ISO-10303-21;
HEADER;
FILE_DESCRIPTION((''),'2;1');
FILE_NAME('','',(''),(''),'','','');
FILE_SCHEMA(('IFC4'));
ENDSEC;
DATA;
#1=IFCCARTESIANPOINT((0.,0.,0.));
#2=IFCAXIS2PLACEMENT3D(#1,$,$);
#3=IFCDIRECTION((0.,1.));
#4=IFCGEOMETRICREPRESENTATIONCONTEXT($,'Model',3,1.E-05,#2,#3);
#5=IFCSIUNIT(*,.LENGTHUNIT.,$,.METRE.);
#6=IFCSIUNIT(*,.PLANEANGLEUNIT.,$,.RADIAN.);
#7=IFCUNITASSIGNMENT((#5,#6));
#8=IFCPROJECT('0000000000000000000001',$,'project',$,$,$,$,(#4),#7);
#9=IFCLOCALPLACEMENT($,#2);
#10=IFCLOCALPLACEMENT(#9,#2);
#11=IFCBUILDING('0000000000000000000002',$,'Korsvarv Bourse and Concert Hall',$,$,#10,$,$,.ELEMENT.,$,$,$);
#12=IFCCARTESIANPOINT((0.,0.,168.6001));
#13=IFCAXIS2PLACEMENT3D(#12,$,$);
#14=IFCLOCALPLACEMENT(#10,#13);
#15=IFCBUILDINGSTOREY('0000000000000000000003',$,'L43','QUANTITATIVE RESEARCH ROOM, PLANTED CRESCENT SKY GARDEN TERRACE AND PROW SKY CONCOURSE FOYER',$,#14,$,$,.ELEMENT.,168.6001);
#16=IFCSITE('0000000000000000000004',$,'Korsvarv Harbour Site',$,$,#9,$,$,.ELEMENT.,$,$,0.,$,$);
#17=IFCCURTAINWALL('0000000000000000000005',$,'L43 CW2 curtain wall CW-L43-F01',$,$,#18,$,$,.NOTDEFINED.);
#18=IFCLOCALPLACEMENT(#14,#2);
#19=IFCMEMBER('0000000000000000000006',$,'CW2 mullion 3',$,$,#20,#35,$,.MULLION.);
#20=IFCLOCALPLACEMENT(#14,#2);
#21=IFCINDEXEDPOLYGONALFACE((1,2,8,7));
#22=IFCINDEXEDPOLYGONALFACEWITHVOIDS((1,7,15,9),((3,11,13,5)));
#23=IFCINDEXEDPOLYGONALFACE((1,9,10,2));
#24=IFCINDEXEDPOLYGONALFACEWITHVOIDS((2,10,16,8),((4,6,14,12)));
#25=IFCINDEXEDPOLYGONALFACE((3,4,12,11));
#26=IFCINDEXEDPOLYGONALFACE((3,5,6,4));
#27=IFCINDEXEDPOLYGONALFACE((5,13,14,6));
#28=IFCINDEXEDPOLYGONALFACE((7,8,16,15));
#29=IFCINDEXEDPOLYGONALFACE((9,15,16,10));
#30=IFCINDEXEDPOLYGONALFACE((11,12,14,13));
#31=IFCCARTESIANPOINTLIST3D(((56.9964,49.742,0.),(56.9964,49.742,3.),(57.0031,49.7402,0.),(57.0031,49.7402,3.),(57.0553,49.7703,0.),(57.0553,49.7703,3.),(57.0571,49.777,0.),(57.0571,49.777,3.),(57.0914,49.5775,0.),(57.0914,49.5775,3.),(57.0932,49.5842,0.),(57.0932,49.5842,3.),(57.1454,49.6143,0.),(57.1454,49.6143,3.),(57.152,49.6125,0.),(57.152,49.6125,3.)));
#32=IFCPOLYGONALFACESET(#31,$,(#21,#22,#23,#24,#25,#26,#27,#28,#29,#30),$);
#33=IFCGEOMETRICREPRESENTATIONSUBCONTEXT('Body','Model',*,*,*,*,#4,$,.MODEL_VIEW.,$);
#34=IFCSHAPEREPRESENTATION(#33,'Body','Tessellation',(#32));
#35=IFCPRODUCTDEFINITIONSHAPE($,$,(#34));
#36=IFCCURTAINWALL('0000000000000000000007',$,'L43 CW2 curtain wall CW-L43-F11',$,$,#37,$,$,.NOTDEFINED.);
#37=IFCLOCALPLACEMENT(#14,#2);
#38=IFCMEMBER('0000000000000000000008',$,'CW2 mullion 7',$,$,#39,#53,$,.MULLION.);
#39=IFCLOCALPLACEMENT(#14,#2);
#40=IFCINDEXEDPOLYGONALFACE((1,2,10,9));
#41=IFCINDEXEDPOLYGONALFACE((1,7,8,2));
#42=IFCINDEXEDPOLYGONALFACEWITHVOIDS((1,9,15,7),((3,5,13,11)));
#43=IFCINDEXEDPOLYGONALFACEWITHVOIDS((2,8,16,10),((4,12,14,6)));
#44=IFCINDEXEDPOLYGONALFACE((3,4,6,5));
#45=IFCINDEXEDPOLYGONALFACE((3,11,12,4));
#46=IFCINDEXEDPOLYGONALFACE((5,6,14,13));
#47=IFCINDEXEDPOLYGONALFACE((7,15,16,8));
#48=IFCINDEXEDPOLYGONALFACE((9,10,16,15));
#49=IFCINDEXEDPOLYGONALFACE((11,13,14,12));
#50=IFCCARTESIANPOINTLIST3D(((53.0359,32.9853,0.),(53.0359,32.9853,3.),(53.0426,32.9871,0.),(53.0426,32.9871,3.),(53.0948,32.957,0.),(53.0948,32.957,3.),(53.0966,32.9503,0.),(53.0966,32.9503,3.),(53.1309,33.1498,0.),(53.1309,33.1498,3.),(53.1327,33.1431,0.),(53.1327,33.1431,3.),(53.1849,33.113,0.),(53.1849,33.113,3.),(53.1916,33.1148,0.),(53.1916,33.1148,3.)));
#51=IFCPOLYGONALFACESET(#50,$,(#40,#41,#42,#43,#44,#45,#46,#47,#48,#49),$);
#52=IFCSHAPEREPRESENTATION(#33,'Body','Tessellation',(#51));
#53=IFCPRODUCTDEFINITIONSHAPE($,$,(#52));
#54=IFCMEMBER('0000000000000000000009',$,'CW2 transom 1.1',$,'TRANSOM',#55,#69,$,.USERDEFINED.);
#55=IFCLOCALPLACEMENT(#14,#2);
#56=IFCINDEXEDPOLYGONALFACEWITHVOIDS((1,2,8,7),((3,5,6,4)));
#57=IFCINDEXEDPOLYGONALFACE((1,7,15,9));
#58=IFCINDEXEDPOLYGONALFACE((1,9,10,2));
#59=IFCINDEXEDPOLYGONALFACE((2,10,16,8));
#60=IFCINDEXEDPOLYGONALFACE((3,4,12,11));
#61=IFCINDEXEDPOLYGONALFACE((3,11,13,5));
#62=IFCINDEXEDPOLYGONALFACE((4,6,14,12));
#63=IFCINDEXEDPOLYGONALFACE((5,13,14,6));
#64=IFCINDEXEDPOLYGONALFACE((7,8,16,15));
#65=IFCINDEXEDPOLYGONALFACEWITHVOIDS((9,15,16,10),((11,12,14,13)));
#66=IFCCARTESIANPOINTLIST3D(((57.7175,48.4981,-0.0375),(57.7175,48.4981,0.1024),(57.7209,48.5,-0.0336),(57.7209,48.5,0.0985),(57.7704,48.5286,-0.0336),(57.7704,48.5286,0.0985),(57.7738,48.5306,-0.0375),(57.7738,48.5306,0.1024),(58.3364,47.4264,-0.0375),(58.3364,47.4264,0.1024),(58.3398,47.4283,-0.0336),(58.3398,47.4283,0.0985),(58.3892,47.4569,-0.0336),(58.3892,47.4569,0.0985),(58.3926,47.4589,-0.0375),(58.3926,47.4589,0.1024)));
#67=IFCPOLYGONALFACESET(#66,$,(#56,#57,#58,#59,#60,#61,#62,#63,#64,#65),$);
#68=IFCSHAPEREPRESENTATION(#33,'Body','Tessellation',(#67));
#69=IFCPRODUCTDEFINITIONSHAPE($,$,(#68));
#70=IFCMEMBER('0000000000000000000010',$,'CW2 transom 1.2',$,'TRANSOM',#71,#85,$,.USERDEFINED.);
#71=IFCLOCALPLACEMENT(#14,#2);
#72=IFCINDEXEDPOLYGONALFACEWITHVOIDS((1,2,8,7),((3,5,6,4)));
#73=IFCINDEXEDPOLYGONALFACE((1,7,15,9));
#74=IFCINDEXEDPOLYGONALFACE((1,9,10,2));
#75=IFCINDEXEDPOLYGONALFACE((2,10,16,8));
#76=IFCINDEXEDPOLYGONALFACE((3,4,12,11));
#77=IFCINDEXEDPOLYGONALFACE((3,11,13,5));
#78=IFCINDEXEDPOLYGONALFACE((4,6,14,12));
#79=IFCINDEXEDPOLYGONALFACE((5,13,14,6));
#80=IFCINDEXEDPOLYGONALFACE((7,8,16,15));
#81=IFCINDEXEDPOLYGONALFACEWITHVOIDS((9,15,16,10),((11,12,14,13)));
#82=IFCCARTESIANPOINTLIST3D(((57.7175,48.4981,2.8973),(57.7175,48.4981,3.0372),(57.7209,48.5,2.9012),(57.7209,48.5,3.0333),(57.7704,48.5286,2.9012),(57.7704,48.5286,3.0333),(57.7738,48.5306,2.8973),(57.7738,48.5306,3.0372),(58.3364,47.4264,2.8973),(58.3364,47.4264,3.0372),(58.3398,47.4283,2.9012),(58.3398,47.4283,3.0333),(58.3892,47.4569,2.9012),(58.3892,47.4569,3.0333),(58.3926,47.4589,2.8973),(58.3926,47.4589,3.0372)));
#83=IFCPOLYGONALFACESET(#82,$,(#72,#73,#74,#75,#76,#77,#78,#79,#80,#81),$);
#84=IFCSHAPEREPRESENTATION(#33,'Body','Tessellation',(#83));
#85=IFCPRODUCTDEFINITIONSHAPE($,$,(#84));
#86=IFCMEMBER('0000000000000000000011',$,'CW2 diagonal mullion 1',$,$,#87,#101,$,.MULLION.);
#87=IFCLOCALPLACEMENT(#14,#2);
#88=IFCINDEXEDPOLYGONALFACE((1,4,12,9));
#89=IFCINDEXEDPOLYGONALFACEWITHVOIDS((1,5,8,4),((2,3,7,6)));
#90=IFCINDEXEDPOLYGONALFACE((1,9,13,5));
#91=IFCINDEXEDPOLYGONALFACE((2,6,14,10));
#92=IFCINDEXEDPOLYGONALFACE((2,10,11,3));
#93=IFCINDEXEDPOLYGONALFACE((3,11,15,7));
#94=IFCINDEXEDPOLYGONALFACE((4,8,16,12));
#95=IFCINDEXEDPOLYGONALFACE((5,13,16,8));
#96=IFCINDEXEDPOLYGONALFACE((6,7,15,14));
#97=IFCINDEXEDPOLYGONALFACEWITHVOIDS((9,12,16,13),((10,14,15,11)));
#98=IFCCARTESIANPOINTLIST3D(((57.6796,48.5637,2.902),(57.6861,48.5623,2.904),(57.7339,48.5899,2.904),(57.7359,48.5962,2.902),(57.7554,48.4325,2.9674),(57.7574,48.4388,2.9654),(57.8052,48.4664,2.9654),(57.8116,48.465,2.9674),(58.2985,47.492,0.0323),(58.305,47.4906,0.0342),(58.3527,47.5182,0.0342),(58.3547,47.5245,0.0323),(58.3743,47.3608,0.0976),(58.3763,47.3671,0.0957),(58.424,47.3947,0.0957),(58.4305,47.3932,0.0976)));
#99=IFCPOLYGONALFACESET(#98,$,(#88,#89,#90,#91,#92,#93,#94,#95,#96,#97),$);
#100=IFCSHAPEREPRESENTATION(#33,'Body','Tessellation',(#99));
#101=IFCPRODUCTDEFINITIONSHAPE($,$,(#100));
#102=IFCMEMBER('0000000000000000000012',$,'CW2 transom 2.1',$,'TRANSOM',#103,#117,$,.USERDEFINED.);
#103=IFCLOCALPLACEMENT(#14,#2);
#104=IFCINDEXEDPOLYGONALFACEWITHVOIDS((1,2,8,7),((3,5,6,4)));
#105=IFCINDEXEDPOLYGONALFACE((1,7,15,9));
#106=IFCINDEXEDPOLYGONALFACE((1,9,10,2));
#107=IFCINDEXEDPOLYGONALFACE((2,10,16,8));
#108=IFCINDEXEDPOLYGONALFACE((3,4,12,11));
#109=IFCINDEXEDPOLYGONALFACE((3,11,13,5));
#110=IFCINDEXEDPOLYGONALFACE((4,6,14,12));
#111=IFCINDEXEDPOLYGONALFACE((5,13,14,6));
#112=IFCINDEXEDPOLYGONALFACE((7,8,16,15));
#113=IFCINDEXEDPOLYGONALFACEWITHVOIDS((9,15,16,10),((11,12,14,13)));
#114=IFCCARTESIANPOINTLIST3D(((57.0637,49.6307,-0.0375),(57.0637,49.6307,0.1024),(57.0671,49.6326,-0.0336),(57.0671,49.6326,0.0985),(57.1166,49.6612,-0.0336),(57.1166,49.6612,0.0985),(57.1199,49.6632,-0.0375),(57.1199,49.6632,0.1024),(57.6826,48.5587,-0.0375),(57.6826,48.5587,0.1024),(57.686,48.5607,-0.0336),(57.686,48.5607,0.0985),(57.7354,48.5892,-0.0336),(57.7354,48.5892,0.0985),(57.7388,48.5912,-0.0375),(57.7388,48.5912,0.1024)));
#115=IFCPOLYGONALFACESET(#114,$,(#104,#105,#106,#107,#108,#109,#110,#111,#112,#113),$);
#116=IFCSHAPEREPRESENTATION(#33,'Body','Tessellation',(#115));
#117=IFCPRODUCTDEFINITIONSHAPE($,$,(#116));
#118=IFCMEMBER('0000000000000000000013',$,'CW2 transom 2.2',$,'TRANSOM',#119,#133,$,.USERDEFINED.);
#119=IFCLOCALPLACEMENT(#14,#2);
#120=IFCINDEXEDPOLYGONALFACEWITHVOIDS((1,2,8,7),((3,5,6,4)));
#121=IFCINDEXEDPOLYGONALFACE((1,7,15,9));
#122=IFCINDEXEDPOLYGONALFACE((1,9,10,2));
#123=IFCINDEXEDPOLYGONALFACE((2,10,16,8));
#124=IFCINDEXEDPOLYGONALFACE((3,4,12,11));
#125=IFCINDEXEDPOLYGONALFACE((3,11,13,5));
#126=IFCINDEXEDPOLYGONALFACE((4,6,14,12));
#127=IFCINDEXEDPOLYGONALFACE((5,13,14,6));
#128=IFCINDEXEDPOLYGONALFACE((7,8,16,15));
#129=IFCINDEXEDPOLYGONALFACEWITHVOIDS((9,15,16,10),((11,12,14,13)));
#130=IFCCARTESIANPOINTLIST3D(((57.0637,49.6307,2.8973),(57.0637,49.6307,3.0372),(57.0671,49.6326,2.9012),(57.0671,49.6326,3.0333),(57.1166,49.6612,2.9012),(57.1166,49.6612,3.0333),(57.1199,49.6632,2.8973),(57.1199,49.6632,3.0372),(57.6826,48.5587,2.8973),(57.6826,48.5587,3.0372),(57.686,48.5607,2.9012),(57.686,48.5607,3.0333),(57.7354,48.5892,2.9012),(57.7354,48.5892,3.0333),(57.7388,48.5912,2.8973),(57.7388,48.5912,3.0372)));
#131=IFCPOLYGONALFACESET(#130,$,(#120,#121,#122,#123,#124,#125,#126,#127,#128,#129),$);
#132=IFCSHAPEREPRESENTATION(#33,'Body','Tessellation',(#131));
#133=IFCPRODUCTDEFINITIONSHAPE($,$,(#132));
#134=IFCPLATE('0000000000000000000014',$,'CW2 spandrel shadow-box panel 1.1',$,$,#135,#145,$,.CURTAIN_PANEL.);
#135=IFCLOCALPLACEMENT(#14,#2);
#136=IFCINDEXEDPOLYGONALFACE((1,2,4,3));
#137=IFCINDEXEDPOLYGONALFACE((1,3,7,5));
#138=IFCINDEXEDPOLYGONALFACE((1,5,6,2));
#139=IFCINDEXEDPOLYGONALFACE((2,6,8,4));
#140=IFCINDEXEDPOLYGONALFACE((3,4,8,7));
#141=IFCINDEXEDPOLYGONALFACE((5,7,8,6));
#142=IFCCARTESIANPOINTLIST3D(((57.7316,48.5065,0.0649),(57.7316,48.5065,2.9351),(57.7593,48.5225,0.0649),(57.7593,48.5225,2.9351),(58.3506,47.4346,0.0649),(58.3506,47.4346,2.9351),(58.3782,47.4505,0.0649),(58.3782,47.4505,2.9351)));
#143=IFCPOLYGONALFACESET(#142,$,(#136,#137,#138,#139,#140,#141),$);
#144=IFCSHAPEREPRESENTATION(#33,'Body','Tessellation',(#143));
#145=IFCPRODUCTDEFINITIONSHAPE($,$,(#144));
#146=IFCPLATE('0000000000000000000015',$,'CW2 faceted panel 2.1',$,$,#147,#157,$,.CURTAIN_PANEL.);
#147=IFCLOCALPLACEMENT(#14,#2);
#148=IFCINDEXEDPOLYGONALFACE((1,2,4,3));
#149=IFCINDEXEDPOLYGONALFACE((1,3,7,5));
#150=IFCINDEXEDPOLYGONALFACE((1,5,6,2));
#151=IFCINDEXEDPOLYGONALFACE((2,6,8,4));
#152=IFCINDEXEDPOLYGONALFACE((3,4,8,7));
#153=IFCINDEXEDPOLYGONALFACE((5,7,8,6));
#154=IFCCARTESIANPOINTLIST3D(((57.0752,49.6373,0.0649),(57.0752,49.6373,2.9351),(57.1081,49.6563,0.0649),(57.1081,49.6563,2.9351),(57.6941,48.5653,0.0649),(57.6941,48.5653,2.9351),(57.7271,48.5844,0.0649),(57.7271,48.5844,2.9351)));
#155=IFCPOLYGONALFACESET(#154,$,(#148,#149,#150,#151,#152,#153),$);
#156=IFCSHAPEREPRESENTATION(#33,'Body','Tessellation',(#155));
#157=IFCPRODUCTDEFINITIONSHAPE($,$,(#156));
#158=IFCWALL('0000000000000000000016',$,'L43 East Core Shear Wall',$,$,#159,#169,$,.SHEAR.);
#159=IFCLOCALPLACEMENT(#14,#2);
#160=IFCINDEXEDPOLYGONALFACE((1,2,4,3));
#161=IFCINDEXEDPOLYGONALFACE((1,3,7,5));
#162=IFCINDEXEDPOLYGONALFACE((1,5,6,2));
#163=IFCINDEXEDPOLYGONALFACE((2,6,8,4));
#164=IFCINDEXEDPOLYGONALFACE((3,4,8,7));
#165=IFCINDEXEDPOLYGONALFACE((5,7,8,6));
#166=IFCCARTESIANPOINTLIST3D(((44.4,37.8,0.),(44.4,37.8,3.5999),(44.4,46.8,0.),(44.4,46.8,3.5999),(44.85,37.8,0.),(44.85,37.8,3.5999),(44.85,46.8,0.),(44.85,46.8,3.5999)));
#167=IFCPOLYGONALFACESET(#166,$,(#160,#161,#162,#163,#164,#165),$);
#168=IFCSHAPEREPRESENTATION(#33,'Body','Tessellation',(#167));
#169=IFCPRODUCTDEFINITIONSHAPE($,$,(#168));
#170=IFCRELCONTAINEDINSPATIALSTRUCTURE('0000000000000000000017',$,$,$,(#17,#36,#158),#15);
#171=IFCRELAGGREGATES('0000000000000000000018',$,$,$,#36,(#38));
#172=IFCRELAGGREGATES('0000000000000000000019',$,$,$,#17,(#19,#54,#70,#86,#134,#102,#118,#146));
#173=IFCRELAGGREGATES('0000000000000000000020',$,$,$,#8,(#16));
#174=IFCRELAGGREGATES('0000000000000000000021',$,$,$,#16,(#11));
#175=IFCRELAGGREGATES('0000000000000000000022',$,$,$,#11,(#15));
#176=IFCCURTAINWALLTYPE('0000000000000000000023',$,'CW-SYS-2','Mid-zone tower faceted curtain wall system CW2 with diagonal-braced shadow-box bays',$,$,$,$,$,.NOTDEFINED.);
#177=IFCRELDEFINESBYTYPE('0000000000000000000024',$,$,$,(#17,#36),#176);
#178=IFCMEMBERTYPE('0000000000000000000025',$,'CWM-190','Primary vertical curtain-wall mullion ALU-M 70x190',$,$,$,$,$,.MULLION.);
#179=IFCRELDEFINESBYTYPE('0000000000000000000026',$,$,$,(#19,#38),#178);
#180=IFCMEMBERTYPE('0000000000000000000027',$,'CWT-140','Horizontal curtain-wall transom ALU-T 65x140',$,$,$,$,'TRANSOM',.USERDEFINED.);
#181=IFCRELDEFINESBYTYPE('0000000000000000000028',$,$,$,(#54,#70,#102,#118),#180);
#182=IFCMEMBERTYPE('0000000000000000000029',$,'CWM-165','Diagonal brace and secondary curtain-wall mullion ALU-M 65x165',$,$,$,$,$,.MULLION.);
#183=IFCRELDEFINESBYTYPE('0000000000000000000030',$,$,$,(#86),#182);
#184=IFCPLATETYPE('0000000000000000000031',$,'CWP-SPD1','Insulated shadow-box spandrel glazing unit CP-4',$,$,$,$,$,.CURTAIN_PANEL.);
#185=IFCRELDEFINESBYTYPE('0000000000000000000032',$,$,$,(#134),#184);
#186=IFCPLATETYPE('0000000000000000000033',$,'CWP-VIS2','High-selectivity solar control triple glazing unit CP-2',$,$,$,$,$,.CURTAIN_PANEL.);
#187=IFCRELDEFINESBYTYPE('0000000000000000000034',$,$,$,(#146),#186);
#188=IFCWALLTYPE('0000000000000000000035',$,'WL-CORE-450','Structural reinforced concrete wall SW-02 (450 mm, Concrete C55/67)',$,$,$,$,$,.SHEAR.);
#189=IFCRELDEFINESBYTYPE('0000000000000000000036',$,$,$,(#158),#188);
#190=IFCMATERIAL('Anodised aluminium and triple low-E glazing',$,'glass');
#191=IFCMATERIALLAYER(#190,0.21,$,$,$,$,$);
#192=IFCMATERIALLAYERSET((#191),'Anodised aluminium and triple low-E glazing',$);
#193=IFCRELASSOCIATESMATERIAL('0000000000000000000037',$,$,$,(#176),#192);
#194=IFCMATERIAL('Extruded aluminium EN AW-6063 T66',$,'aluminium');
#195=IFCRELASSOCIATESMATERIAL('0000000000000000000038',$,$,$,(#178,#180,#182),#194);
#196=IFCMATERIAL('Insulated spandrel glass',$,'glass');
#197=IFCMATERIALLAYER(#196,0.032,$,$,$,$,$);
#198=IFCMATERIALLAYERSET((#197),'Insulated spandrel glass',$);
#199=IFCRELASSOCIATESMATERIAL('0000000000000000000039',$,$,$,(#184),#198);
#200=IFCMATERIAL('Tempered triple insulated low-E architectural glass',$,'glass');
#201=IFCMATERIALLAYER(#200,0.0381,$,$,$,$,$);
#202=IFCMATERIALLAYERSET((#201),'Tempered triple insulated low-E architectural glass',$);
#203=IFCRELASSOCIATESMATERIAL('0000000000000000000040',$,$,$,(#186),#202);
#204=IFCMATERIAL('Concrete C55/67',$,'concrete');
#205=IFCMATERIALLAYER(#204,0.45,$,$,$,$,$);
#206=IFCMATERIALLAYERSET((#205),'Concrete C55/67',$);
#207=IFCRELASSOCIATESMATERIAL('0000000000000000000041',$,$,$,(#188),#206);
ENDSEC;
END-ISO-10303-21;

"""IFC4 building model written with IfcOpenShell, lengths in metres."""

from ifc_helpers import new_model, si_unit, direction, frame, frame_2d, origin, origin_2d, place, context, subcontext, project, spatial, rectangle, hollow_rectangle, extrude, source, transform, mapped, material, layer, layer_set, material_profile, profile_set, type_object, element, aggregate, save


model = new_model("IFC4")

# Units and contexts
model_context = context("Model", 3, precision=1e-05, world=origin(), true_north=direction((0.0, 1.0)))
body_context = subcontext(model_context, "Body", "Model", "MODEL_VIEW")
ifc_project = project(units=[si_unit("LENGTHUNIT", "METRE"), si_unit("PLANEANGLEUNIT", "RADIAN")], contexts=[model_context])

# Site, building, storey
site_placement = place(None, origin())
site = spatial("IfcSite", under=ifc_project, at=site_placement, Name="Korsvarv Harbour Site", CompositionType="ELEMENT", RefElevation=0.0)
building_placement = place(site_placement, origin())
building = spatial("IfcBuilding", under=site, at=building_placement, Name="Korsvarv Bourse and Concert Hall", CompositionType="ELEMENT")
storey_placement = place(building_placement, frame((0.0, 0.0, 168.6001)))
storey = spatial("IfcBuildingStorey", under=building, at=storey_placement, Name="L43", Description="QUANTITATIVE RESEARCH ROOM, PLANTED CRESCENT SKY GARDEN TERRACE AND PROW SKY CONCOURSE FOYER", CompositionType="ELEMENT", Elevation=168.6001)

# Curtain wall, member
ifc_material_1 = material(Name="Anodised aluminium and triple low-E glazing", Category="glass")
ifc_layer_1 = layer(ifc_material_1, 0.21)
ifc_layer_set_1 = layer_set([ifc_layer_1], Name="Anodised aluminium and triple low-E glazing")
curtain_wall_type = type_object("IfcCurtainWallType", Name="CW-SYS-2", Description="Mid-zone tower faceted curtain wall system CW2 with diagonal-braced shadow-box bays", PredefinedType="NOTDEFINED", material=ifc_layer_set_1)
curtain_wall_1_placement = place(storey_placement, origin())
curtain_wall_1 = element("IfcCurtainWall", 1, at=curtain_wall_1_placement, inside=storey, type_object=curtain_wall_type, Name="L43 CW2 curtain wall CW-L43-F01", PredefinedType="NOTDEFINED")
ifc_material_2 = material(Name="Extruded aluminium EN AW-6063 T66", Category="aluminium")
ifc_material_profile_1 = material_profile(ifc_material_2, hollow_rectangle(XDim=0.0701, YDim=0.1899, WallThickness=0.0049, at=origin_2d()), Name="ALU-M 70x190")
ifc_profile_set_1 = profile_set([ifc_material_profile_1], Name="Extruded aluminium EN AW-6063 T66")
member_type_1 = type_object("IfcMemberType", Name="CWM-190", Description="Primary vertical curtain-wall mullion ALU-M 70x190", PredefinedType="MULLION", material=ifc_profile_set_1)
shared_shape_1 = source(origin(), body_context, "Body", "SweptSolid", [
    extrude(hollow_rectangle(XDim=0.0701, YDim=0.1899, WallThickness=0.0049, at=origin_2d()), origin(), (0.0, 0.0, 1.0), 3.0),
])
member_1_placement = place(storey_placement, frame((57.0742, 49.6772, 0.0), z_axis=(0.0, 0.0, 1.0), x_axis=(-0.866007, -0.500032, 0.0)))
member_1 = element("IfcMember", 2, at=member_1_placement, type_object=member_type_1, Name="CW2 mullion 3", PredefinedType="MULLION", context=body_context, shape_type="MappedRepresentation", body=[
    mapped(shared_shape_1, transform((0.0, 0.0, 0.0), scale=1.0)),
])

# Curtain wall, member
curtain_wall_2_placement = place(storey_placement, origin())
curtain_wall_2 = element("IfcCurtainWall", 3, at=curtain_wall_2_placement, inside=storey, type_object=curtain_wall_type, Name="L43 CW2 curtain wall CW-L43-F11", PredefinedType="NOTDEFINED")
member_2_placement = place(storey_placement, frame((53.1138, 33.05, 0.0), z_axis=(0.0, 0.0, 1.0), x_axis=(-0.866023, 0.500005, 0.0)))
member_2 = element("IfcMember", 4, at=member_2_placement, type_object=member_type_1, Name="CW2 mullion 7", PredefinedType="MULLION", context=body_context, shape_type="MappedRepresentation", body=[
    mapped(shared_shape_1, transform((0.0, 0.0, 0.0), scale=1.0)),
])
aggregate(curtain_wall_2, [member_2])

# Members
ifc_material_profile_2 = material_profile(ifc_material_2, hollow_rectangle(XDim=0.0649, YDim=0.1399, WallThickness=0.0039, at=origin_2d()), Name="ALU-T 65x140")
ifc_profile_set_2 = profile_set([ifc_material_profile_2], Name="Extruded aluminium EN AW-6063 T66")
member_type_2 = type_object("IfcMemberType", Name="CWT-140", Description="Horizontal curtain-wall transom ALU-T 65x140", ElementType="TRANSOM", PredefinedType="USERDEFINED", material=ifc_profile_set_2)
shared_shape_2 = source(origin(), body_context, "Body", "SweptSolid", [
    extrude(hollow_rectangle(XDim=0.0649, YDim=0.1399, WallThickness=0.0039, at=origin_2d()), origin(), (0.0, 0.0, 1.0), 1.2375),
])
member_3_placement = place(storey_placement, frame((58.3645, 47.4426, 0.0325), z_axis=(-0.500064, 0.865988, 0.0), x_axis=(-0.865988, -0.500064, 0.0)))
member_3 = element("IfcMember", 5, at=member_3_placement, type_object=member_type_2, Name="CW2 transom 1.1", ObjectType="TRANSOM", PredefinedType="USERDEFINED", context=body_context, shape_type="MappedRepresentation", body=[
    mapped(shared_shape_2, transform((0.0, 0.0, 0.0), scale=1.0)),
])
member_4_placement = place(storey_placement, frame((58.3645, 47.4426, 2.9673), z_axis=(-0.500064, 0.865988, 0.0), x_axis=(-0.865988, -0.500064, 0.0)))
member_4 = element("IfcMember", 6, at=member_4_placement, type_object=member_type_2, Name="CW2 transom 1.2", ObjectType="TRANSOM", PredefinedType="USERDEFINED", context=body_context, shape_type="MappedRepresentation", body=[
    mapped(shared_shape_2, transform((0.0, 0.0, 0.0), scale=1.0)),
])
ifc_material_profile_3 = material_profile(ifc_material_2, hollow_rectangle(XDim=0.0649, YDim=0.165, WallThickness=0.0049, at=origin_2d()), Name="ALU-M 65x165")
ifc_profile_set_3 = profile_set([ifc_material_profile_3], Name="Extruded aluminium EN AW-6063 T66")
member_type_3 = type_object("IfcMemberType", Name="CWM-165", Description="Diagonal brace and secondary curtain-wall mullion ALU-M 65x165", PredefinedType="MULLION", material=ifc_profile_set_3)
shared_shape_3 = source(origin(), body_context, "Body", "SweptSolid", [
    extrude(hollow_rectangle(XDim=0.0649, YDim=0.165, WallThickness=0.0049, at=origin_2d()), origin(), (0.0, 0.0, 1.0), 3.1252),
])
member_5_placement = place(storey_placement, frame((58.3645, 47.4426, 0.0649), z_axis=(-0.198024, 0.342929, 0.918252), x_axis=(-0.865988, -0.500064, 0.0)))
member_5 = element("IfcMember", 7, at=member_5_placement, type_object=member_type_3, Name="CW2 diagonal mullion 1", PredefinedType="MULLION", context=body_context, shape_type="MappedRepresentation", body=[
    mapped(shared_shape_3, transform((0.0, 0.0, 0.0), scale=1.0)),
])
shared_shape_4 = source(origin(), body_context, "Body", "SweptSolid", [
    extrude(hollow_rectangle(XDim=0.0649, YDim=0.1399, WallThickness=0.0039, at=origin_2d()), origin(), (0.0, 0.0, 1.0), 1.2378),
])
member_6_placement = place(storey_placement, frame((57.7107, 48.575, 0.0325), z_axis=(-0.499979, 0.866038, 0.0), x_axis=(-0.866038, -0.499979, 0.0)))
member_6 = element("IfcMember", 8, at=member_6_placement, type_object=member_type_2, Name="CW2 transom 2.1", ObjectType="TRANSOM", PredefinedType="USERDEFINED", context=body_context, shape_type="MappedRepresentation", body=[
    mapped(shared_shape_4, transform((0.0, 0.0, 0.0), scale=1.0)),
])
member_7_placement = place(storey_placement, frame((57.7107, 48.575, 2.9673), z_axis=(-0.499979, 0.866038, 0.0), x_axis=(-0.866038, -0.499979, 0.0)))
member_7 = element("IfcMember", 9, at=member_7_placement, type_object=member_type_2, Name="CW2 transom 2.2", ObjectType="TRANSOM", PredefinedType="USERDEFINED", context=body_context, shape_type="MappedRepresentation", body=[
    mapped(shared_shape_4, transform((0.0, 0.0, 0.0), scale=1.0)),
])

# Plates
ifc_material_3 = material(Name="Insulated spandrel glass", Category="glass")
ifc_layer_2 = layer(ifc_material_3, 0.032)
ifc_layer_set_2 = layer_set([ifc_layer_2], Name="Insulated spandrel glass")
plate_type_1 = type_object("IfcPlateType", Name="CWP-SPD1", Description="Insulated shadow-box spandrel glazing unit CP-4", PredefinedType="CURTAIN_PANEL", material=ifc_layer_set_2)
shared_shape_5 = source(origin(), body_context, "Body", "SweptSolid", [
    extrude(rectangle(XDim=1.2378, YDim=0.032, at=origin_2d()), origin(), (0.0, 0.0, 1.0), 2.8701),
])
plate_1_placement = place(storey_placement, frame((58.0549, 47.9785, 0.0649), z_axis=(0.0, 0.0, 1.0), x_axis=(-0.500032, 0.866007, 0.0)))
plate_1 = element("IfcPlate", 10, at=plate_1_placement, type_object=plate_type_1, Name="CW2 spandrel shadow-box panel 1.1", PredefinedType="CURTAIN_PANEL", context=body_context, shape_type="MappedRepresentation", body=[
    mapped(shared_shape_5, transform((0.0, 0.0, 0.0), scale=1.0)),
])
ifc_material_4 = material(Name="Tempered triple insulated low-E architectural glass", Category="glass")
ifc_layer_3 = layer(ifc_material_4, 0.0381)
ifc_layer_set_3 = layer_set([ifc_layer_3], Name="Tempered triple insulated low-E architectural glass")
plate_type_2 = type_object("IfcPlateType", Name="CWP-VIS2", Description="High-selectivity solar control triple glazing unit CP-2", PredefinedType="CURTAIN_PANEL", material=ifc_layer_set_3)
shared_shape_6 = source(origin(), body_context, "Body", "SweptSolid", [
    extrude(rectangle(XDim=1.2378, YDim=0.0381, at=origin_2d()), origin(), (0.0, 0.0, 1.0), 2.8701),
])
plate_2_placement = place(storey_placement, frame((57.4011, 49.1108, 0.0649), z_axis=(0.0, 0.0, 1.0), x_axis=(-0.500032, 0.866007, 0.0)))
plate_2 = element("IfcPlate", 11, at=plate_2_placement, type_object=plate_type_2, Name="CW2 faceted panel 2.1", PredefinedType="CURTAIN_PANEL", context=body_context, shape_type="MappedRepresentation", body=[
    mapped(shared_shape_6, transform((0.0, 0.0, 0.0), scale=1.0)),
])
aggregate(curtain_wall_1, [member_1, member_3, member_4, member_5, plate_1, member_6, member_7, plate_2])

# Wall
ifc_material_5 = material(Name="Concrete C55/67", Category="concrete")
ifc_layer_4 = layer(ifc_material_5, 0.45)
ifc_layer_set_4 = layer_set([ifc_layer_4], Name="Concrete C55/67")
wall_type_1 = type_object("IfcWallType", Name="WL-CORE-450", Description="Structural reinforced concrete wall SW-02 (450 mm, Concrete C55/67)", PredefinedType="SHEAR", material=ifc_layer_set_4)
wall_1_placement = place(storey_placement, frame((44.625, 37.8, 0.0), z_axis=(0.0, 0.0, 1.0), x_axis=(0.0, 1.0, 0.0)))
element("IfcWall", 12, at=wall_1_placement, inside=storey, type_object=wall_type_1, Name="L43 East Core Shear Wall", PredefinedType="SHEAR", context=body_context, shape_type="SweptSolid", body=[
    extrude(rectangle(XDim=9.0, YDim=0.45, at=frame_2d((4.5, 0.0))), origin(), (0.0, 0.0, 1.0), 3.5999),
])

save(model, "model.ifc")
